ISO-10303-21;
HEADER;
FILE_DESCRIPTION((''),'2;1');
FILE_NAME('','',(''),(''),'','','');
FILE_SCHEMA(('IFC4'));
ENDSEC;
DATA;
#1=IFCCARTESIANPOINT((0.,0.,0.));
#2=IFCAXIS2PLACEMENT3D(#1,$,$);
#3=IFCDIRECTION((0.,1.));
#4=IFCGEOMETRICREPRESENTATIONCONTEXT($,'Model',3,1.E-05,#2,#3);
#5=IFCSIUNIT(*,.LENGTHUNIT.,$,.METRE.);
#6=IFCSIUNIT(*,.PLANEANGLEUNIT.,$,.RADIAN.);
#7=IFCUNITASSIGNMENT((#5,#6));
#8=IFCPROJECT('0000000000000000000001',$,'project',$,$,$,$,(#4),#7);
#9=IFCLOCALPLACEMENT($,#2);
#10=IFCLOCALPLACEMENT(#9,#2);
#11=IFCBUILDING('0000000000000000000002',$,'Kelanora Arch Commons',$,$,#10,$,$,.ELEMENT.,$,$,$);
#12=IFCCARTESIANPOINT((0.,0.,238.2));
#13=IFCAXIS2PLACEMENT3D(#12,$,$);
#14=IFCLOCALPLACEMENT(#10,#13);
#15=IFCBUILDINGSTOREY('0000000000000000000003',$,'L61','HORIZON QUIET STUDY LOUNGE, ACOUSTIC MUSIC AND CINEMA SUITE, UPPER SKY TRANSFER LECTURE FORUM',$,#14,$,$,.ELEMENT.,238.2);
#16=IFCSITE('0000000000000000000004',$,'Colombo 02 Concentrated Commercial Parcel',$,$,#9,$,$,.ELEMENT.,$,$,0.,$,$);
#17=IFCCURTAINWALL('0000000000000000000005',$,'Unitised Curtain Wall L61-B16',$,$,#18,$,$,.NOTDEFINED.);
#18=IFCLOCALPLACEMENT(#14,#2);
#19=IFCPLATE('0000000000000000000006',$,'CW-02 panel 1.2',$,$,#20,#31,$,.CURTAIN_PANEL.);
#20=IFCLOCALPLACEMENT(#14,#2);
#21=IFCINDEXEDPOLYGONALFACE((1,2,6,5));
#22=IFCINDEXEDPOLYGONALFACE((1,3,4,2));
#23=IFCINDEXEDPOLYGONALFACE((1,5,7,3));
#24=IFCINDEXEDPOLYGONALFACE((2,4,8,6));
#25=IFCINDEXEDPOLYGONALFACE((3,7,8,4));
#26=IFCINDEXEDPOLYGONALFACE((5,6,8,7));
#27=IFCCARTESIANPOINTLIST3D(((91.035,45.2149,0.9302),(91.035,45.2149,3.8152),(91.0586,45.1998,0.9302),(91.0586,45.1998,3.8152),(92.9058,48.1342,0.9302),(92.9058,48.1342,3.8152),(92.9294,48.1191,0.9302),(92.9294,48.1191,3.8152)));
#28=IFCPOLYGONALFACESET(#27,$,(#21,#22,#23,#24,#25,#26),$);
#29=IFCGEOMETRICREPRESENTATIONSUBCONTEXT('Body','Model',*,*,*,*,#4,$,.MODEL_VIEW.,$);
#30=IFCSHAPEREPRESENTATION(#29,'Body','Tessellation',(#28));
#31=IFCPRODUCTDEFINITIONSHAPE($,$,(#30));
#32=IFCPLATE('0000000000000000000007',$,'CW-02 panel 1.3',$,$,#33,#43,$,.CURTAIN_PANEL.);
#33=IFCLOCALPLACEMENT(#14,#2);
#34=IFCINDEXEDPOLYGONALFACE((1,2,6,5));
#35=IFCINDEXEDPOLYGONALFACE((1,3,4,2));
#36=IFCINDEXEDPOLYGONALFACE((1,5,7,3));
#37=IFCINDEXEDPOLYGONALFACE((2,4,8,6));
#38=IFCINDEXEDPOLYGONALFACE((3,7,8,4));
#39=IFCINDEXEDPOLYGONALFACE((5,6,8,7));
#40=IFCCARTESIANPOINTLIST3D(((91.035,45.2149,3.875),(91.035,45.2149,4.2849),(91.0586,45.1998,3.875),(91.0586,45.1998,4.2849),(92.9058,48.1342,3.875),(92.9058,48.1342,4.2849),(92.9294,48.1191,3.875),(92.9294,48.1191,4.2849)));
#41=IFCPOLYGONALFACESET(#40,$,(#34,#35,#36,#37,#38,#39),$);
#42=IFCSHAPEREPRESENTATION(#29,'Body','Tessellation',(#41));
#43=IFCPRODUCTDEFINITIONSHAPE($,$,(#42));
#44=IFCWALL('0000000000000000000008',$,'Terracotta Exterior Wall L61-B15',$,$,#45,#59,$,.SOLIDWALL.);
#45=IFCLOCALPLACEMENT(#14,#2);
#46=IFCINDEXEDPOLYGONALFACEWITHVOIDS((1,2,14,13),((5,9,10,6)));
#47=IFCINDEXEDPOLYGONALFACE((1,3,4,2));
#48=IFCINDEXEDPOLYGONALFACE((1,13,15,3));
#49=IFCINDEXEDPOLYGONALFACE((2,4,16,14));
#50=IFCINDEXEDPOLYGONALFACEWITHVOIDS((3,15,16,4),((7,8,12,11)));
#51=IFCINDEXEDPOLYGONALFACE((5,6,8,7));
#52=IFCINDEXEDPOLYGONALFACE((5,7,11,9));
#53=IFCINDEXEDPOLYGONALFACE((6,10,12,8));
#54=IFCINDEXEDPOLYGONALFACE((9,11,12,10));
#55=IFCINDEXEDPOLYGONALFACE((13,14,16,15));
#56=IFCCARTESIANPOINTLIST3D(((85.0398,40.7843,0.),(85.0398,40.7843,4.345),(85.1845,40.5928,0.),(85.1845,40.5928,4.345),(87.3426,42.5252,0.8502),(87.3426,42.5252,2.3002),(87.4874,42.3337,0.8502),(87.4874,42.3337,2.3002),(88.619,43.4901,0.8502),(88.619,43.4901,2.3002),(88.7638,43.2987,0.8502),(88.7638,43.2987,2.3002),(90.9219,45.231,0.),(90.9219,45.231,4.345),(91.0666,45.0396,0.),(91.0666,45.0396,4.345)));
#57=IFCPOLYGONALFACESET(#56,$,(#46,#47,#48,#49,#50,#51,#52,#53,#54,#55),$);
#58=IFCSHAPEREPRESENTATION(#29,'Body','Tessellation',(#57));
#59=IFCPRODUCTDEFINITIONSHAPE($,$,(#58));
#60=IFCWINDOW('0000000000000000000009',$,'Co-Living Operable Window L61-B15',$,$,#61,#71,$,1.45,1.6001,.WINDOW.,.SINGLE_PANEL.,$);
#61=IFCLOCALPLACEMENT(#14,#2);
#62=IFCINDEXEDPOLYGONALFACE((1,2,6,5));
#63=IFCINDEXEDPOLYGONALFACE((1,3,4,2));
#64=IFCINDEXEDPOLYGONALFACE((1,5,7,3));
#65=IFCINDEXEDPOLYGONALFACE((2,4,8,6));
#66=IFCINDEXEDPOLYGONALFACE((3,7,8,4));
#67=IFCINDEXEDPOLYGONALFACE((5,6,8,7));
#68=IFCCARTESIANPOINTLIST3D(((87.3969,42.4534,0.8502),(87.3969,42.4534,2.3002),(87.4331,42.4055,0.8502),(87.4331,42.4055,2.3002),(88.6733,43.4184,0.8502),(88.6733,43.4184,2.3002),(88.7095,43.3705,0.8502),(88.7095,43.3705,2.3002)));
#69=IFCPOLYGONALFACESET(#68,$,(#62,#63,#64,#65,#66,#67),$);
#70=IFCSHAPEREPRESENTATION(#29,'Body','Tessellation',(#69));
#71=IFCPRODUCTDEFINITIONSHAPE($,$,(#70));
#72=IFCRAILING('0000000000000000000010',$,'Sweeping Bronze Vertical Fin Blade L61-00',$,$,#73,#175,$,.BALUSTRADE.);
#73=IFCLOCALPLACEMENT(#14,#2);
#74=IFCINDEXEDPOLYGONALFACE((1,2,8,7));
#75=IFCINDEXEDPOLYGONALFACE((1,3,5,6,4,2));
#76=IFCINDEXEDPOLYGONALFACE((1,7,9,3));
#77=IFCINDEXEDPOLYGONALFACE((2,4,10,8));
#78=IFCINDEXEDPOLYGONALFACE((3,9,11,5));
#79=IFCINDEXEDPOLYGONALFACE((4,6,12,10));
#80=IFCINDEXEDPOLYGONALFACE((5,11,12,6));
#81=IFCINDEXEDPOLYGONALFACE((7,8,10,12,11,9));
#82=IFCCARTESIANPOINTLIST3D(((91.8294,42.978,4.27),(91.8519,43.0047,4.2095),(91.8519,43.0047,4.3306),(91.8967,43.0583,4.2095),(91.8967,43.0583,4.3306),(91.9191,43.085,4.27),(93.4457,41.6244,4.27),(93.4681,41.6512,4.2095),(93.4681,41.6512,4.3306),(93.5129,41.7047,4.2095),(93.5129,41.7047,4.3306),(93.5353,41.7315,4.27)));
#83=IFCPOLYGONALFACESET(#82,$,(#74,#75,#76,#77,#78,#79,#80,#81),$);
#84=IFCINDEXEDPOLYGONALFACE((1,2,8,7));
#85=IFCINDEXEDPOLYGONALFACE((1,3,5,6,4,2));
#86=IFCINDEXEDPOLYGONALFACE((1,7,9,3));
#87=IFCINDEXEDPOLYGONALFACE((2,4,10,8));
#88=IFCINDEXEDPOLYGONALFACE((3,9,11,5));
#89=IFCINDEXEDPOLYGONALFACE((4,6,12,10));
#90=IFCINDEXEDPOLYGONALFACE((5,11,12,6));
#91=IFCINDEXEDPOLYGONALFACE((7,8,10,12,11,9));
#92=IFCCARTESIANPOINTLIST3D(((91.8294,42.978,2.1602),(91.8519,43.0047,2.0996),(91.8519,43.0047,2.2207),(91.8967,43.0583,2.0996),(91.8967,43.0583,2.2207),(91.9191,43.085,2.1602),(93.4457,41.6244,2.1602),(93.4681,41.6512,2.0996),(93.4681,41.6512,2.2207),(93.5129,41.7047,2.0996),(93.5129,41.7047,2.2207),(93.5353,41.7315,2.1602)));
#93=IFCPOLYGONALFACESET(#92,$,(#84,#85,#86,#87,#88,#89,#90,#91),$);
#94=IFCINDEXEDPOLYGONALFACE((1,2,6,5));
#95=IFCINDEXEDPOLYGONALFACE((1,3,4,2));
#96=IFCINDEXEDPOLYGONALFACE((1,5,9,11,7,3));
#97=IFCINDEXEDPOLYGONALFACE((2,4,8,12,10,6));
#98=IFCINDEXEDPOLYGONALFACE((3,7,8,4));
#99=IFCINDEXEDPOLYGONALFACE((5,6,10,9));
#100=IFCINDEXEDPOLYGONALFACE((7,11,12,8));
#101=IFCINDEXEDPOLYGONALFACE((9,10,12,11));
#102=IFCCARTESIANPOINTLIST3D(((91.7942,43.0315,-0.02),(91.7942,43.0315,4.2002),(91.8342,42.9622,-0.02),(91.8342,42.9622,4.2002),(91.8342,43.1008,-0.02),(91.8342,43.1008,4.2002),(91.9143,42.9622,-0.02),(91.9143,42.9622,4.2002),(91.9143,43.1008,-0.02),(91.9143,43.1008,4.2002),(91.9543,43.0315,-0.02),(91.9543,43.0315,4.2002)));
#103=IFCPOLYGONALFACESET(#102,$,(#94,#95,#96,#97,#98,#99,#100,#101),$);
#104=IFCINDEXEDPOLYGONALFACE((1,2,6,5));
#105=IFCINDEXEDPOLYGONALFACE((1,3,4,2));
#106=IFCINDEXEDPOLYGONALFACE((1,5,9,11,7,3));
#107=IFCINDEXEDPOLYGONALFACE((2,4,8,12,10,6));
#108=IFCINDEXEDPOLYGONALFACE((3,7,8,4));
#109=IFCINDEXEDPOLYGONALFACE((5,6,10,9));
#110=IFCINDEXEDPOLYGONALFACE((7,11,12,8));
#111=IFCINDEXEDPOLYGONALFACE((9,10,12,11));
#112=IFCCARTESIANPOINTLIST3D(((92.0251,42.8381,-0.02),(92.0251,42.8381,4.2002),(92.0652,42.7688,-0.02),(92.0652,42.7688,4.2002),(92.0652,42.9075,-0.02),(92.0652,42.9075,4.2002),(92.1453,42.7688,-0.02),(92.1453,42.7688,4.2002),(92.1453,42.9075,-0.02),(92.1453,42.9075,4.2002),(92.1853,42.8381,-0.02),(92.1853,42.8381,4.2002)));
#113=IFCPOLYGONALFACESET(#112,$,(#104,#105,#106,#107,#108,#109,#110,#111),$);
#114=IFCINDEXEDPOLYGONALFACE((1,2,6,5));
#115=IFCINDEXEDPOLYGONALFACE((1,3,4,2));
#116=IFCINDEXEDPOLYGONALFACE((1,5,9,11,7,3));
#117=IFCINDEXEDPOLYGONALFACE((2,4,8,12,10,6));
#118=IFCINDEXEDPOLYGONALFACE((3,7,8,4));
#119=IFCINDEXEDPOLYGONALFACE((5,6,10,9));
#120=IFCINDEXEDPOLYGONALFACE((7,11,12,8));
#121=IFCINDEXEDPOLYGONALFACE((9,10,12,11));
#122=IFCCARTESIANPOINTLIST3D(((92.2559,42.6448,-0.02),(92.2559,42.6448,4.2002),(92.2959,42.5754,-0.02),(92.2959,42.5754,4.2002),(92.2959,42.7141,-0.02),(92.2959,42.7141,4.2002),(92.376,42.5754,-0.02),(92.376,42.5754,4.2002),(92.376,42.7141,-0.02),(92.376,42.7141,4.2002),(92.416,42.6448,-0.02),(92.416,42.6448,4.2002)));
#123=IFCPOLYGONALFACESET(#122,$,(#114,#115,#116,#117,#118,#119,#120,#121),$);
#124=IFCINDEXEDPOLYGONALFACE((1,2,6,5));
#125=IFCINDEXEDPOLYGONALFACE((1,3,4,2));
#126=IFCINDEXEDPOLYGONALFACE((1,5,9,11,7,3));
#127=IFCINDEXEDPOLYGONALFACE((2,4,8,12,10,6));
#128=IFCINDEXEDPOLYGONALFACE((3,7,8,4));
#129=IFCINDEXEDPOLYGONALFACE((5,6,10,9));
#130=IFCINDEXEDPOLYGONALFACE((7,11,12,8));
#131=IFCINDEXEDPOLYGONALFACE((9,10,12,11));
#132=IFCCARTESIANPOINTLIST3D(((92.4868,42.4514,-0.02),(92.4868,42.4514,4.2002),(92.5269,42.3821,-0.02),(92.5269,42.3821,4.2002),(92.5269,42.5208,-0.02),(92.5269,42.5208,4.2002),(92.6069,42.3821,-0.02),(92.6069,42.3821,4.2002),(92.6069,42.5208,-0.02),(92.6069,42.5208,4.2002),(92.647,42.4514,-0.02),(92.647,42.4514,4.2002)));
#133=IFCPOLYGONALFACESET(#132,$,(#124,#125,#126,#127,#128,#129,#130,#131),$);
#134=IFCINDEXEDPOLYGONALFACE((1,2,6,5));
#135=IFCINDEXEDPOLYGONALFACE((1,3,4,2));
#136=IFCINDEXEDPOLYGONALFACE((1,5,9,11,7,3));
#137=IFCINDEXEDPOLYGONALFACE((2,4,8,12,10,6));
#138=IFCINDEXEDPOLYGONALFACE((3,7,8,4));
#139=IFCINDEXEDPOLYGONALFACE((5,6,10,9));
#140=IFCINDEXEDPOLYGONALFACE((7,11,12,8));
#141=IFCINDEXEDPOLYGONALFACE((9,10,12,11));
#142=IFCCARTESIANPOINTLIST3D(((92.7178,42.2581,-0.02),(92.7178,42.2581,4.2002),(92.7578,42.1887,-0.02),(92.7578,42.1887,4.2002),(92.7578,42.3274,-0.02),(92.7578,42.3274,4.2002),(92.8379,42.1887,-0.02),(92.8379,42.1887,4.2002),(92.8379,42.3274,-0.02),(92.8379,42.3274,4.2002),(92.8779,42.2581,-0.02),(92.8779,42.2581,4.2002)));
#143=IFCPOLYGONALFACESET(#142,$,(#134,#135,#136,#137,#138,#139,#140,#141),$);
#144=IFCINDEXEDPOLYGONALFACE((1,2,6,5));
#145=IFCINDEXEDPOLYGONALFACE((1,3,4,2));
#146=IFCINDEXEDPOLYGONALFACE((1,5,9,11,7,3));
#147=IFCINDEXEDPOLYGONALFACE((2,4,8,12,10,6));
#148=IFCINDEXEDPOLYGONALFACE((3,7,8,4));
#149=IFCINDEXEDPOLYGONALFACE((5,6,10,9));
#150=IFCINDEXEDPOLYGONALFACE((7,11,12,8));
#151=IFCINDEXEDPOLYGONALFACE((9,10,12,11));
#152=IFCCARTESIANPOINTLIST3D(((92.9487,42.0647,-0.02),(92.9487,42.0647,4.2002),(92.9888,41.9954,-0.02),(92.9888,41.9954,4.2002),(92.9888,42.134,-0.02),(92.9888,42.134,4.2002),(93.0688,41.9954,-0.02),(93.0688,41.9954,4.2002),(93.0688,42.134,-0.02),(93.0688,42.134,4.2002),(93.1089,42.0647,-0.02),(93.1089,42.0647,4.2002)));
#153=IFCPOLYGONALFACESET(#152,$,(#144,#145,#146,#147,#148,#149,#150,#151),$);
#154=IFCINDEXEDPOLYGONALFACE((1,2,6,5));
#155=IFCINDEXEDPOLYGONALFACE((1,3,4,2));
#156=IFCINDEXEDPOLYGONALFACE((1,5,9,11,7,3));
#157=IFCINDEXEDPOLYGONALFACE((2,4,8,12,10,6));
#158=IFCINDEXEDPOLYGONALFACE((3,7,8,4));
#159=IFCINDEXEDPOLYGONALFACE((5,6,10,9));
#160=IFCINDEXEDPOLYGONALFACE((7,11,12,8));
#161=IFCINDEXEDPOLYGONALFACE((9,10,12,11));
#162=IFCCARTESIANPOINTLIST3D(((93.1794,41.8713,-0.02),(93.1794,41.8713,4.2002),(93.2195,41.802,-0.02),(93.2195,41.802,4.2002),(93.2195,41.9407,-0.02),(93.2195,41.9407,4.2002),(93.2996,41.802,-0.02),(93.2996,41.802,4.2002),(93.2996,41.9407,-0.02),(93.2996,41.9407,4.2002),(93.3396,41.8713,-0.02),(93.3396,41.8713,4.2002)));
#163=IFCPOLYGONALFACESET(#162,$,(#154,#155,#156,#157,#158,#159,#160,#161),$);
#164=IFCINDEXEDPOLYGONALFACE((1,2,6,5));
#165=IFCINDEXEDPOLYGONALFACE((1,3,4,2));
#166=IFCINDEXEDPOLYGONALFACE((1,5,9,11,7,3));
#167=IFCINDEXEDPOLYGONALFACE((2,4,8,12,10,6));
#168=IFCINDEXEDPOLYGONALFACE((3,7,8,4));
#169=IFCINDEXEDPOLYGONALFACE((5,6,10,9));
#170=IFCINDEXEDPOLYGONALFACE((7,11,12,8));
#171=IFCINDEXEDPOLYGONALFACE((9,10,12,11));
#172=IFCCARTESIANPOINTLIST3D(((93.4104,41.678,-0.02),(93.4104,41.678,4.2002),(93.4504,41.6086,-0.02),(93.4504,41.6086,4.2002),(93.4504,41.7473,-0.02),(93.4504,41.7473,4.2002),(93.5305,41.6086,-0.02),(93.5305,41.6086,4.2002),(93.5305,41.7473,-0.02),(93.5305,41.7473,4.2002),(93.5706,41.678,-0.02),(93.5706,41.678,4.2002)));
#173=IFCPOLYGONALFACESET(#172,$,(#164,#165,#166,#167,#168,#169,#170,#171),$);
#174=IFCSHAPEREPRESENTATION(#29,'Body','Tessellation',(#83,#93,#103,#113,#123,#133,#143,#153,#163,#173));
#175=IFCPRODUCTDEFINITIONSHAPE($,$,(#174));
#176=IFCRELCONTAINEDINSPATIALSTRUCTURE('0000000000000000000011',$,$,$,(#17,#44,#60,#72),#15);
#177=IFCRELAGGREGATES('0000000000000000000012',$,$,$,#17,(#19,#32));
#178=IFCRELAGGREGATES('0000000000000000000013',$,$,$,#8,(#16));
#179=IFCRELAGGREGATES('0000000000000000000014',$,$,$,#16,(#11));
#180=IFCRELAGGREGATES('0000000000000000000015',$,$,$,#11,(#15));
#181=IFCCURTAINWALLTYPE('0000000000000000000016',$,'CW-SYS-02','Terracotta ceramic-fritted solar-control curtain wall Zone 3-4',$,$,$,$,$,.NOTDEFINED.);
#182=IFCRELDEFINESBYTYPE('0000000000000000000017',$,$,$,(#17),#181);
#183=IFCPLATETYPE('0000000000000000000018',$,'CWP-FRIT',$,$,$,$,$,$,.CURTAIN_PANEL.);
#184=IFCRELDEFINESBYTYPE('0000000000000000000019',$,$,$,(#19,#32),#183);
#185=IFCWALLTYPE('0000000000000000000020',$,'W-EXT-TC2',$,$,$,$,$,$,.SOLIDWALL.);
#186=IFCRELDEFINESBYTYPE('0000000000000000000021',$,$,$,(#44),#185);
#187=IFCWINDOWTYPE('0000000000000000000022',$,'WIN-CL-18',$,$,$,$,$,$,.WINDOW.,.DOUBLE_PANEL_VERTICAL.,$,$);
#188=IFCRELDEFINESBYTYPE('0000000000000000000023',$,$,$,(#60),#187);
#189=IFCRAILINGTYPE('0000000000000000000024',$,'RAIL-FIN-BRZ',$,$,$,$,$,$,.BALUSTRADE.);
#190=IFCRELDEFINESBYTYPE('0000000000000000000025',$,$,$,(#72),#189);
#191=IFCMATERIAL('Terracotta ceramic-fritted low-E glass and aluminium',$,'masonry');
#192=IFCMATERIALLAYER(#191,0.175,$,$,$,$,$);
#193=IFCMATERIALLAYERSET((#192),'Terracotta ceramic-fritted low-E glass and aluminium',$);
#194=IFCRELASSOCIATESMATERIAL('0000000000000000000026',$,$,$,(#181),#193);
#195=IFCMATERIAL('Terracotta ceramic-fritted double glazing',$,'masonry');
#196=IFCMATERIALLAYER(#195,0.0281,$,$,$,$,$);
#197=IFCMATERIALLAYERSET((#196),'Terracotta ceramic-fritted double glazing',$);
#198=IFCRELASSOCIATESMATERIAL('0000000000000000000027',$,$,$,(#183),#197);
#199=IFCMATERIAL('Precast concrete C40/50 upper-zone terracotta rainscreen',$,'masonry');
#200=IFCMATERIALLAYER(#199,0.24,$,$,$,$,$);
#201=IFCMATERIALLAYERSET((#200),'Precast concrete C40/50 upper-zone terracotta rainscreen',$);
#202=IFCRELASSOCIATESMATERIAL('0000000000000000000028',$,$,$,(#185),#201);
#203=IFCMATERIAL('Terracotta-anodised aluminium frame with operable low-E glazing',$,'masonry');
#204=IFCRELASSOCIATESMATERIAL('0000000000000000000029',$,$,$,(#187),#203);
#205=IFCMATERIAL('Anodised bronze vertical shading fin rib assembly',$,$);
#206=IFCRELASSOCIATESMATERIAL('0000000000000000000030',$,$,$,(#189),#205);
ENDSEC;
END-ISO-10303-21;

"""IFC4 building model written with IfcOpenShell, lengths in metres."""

from ifc_helpers import new_model, si_unit, direction, frame, frame_2d, origin, origin_2d, place, context, subcontext, project, spatial, polyline, rectangle, outline, extrude, source, transform, mapped, material, layer, layer_set, type_object, element, fill, aggregate, save


model = new_model("IFC4")

# Units and contexts
model_context = context("Model", 3, precision=1e-05, world=origin(), true_north=direction((0.0, 1.0)))
body_context = subcontext(model_context, "Body", "Model", "MODEL_VIEW")
ifc_project = project(units=[si_unit("LENGTHUNIT", "METRE"), si_unit("PLANEANGLEUNIT", "RADIAN")], contexts=[model_context])

# Site, building, storey
site_placement = place(None, origin())
site = spatial("IfcSite", under=ifc_project, at=site_placement, Name="Colombo 02 Concentrated Commercial Parcel", CompositionType="ELEMENT", RefElevation=0.0)
building_placement = place(site_placement, origin())
building = spatial("IfcBuilding", under=site, at=building_placement, Name="Kelanora Arch Commons", CompositionType="ELEMENT")
storey_placement = place(building_placement, frame((0.0, 0.0, 238.2)))
storey = spatial("IfcBuildingStorey", under=building, at=storey_placement, Name="L61", Description="HORIZON QUIET STUDY LOUNGE, ACOUSTIC MUSIC AND CINEMA SUITE, UPPER SKY TRANSFER LECTURE FORUM", CompositionType="ELEMENT", Elevation=238.2)

# Shared definitions
ifc_material_1 = material(Name="Terracotta ceramic-fritted low-E glass and aluminium", Category="masonry")
ifc_layer_1 = layer(ifc_material_1, 0.175)
ifc_layer_set_1 = layer_set([ifc_layer_1], Name="Terracotta ceramic-fritted low-E glass and aluminium")
curtain_wall_type = type_object("IfcCurtainWallType", Name="CW-SYS-02", Description="Terracotta ceramic-fritted solar-control curtain wall Zone 3-4", PredefinedType="NOTDEFINED", material=ifc_layer_set_1)

# Curtain wall
curtain_wall_1_placement = place(storey_placement, origin())
curtain_wall_1 = element("IfcCurtainWall", 1, at=curtain_wall_1_placement, inside=storey, type_object=curtain_wall_type, Name="Unitised Curtain Wall L61-B16", PredefinedType="NOTDEFINED")

# Plates
ifc_material_2 = material(Name="Terracotta ceramic-fritted double glazing", Category="masonry")
ifc_layer_2 = layer(ifc_material_2, 0.0281)
ifc_layer_set_2 = layer_set([ifc_layer_2], Name="Terracotta ceramic-fritted double glazing")
plate_type = type_object("IfcPlateType", Name="CWP-FRIT", PredefinedType="CURTAIN_PANEL", material=ifc_layer_set_2)
shared_shape_1 = source(origin(), body_context, "Body", "SweptSolid", [
    extrude(rectangle(XDim=3.4673, YDim=0.0281, at=origin_2d()), origin(), (0.0, 0.0, 1.0), 2.885),
])
plate_1_placement = place(storey_placement, frame((91.9822, 46.667, 0.9302), z_axis=(0.0, 0.0, 1.0), x_axis=(0.539559, 0.841948, 0.0)))
plate_1 = element("IfcPlate", 2, at=plate_1_placement, type_object=plate_type, Name="CW-02 panel 1.2", PredefinedType="CURTAIN_PANEL", context=body_context, shape_type="MappedRepresentation", body=[
    mapped(shared_shape_1, transform((0.0, 0.0, 0.0), scale=1.0)),
])
shared_shape_2 = source(origin(), body_context, "Body", "SweptSolid", [
    extrude(rectangle(XDim=3.4673, YDim=0.0281, at=origin_2d()), origin(), (0.0, 0.0, 1.0), 0.4099),
])
plate_2_placement = place(storey_placement, frame((91.9822, 46.667, 3.875), z_axis=(0.0, 0.0, 1.0), x_axis=(0.539559, 0.841948, 0.0)))
plate_2 = element("IfcPlate", 3, at=plate_2_placement, type_object=plate_type, Name="CW-02 panel 1.3", PredefinedType="CURTAIN_PANEL", context=body_context, shape_type="MappedRepresentation", body=[
    mapped(shared_shape_2, transform((0.0, 0.0, 0.0), scale=1.0)),
])
aggregate(curtain_wall_1, [plate_1, plate_2])

# Wall, opening, window
ifc_material_3 = material(Name="Precast concrete C40/50 upper-zone terracotta rainscreen", Category="masonry")
ifc_layer_3 = layer(ifc_material_3, 0.24)
ifc_layer_set_3 = layer_set([ifc_layer_3], Name="Precast concrete C40/50 upper-zone terracotta rainscreen")
wall_type = type_object("IfcWallType", Name="W-EXT-TC2", PredefinedType="SOLIDWALL", material=ifc_layer_set_3)
wall_placement = place(storey_placement, frame((85.1121, 40.6885, 0.0), z_axis=(0.0, 0.0, 1.0), x_axis=(0.797702, 0.603052, 0.0)))
wall = element("IfcWall", 4, at=wall_placement, inside=storey, type_object=wall_type, Name="Terracotta Exterior Wall L61-B15", PredefinedType="SOLIDWALL", context=body_context, shape_type="SweptSolid", body=[
    extrude(rectangle(XDim=7.3738, YDim=0.24, at=frame_2d((3.687, 0.0))), origin(), (0.0, 0.0, 1.0), 4.345),
])
opening_placement = place(wall_placement, frame((2.887, 0.0, 0.8501)))
opening = element("IfcOpeningElement", 5, at=opening_placement, cuts=wall, PredefinedType="OPENING", context=body_context, shape_type="SweptSolid", body=[
    extrude(rectangle(XDim=1.6001, YDim=1.45, at=frame_2d((0.8, 0.7251))), frame((0.0, 0.1299, 0.0), z_axis=(0.0, -1.0, 0.0), x_axis=(1.0, 0.0, 0.0)), (0.0, 0.0, 1.0), 0.26),
])
ifc_material_4 = material(Name="Terracotta-anodised aluminium frame with operable low-E glazing", Category="masonry")
window_type = type_object("IfcWindowType", Name="WIN-CL-18", PartitioningType="DOUBLE_PANEL_VERTICAL", PredefinedType="WINDOW", material=ifc_material_4)
window_placement = place(opening_placement, origin())
window = element("IfcWindow", 6, at=window_placement, inside=storey, type_object=window_type, Name="Co-Living Operable Window L61-B15", OverallHeight=1.45, OverallWidth=1.6001, PartitioningType="SINGLE_PANEL", PredefinedType="WINDOW", context=body_context, shape_type="SweptSolid", body=[
    extrude(rectangle(XDim=1.6001, YDim=1.45, at=frame_2d((0.8, 0.7251))), frame((0.0, 0.03, 0.0), z_axis=(0.0, -1.0, 0.0), x_axis=(1.0, 0.0, 0.0)), (0.0, 0.0, 1.0), 0.0601),
])
fill(opening, window)

# Railing
ifc_material_5 = material(Name="Anodised bronze vertical shading fin rib assembly")
railing_type = type_object("IfcRailingType", Name="RAIL-FIN-BRZ", PredefinedType="BALUSTRADE", material=ifc_material_5)
railing_1_placement = place(storey_placement, frame((91.8743, 43.0315, -0.02)))
element("IfcRailing", 7, at=railing_1_placement, inside=storey, type_object=railing_type, Name="Sweeping Bronze Vertical Fin Blade L61-00", PredefinedType="BALUSTRADE", context=body_context, shape_type="SweptSolid", body=[
    extrude(outline(polyline([(0.0698, 0.0), (0.0349, 0.0605), (-0.0349, 0.0605), (-0.0698, 0.0), (-0.0349, -0.0605), (0.0349, -0.0605), (0.0698, 0.0)])), frame((0.0, 0.0, 4.29), z_axis=(0.766662, -0.642051, 0.0), x_axis=(0.642051, 0.766662, 0.0)), (0.0, 0.0, 1.0), 2.1082),
    extrude(outline(polyline([(0.0698, 0.0), (0.0349, 0.0605), (-0.0349, 0.0605), (-0.0698, 0.0), (-0.0349, -0.0605), (0.0349, -0.0605), (0.0698, 0.0)])), frame((0.0, 0.0, 2.1802), z_axis=(0.766662, -0.642051, 0.0), x_axis=(0.642051, 0.766662, 0.0)), (0.0, 0.0, 1.0), 2.1082),
    extrude(outline(polyline([(0.0801, 0.0), (0.04, 0.0693), (-0.04, 0.0693), (-0.0801, 0.0), (-0.04, -0.0693), (0.04, -0.0693), (0.0801, 0.0)])), origin(), (0.0, 0.0, 1.0), 4.2202),
    extrude(outline(polyline([(0.0801, 0.0), (0.04, 0.0693), (-0.04, 0.0693), (-0.0801, 0.0), (-0.04, -0.0693), (0.04, -0.0693), (0.0801, 0.0)])), frame((0.231, -0.1934, 0.0)), (0.0, 0.0, 1.0), 4.2202),
    extrude(outline(polyline([(0.0801, 0.0), (0.04, 0.0693), (-0.04, 0.0693), (-0.0801, 0.0), (-0.04, -0.0693), (0.04, -0.0693), (0.0801, 0.0)])), frame((0.4617, -0.3867, 0.0)), (0.0, 0.0, 1.0), 4.2202),
    extrude(outline(polyline([(0.0801, 0.0), (0.04, 0.0693), (-0.04, 0.0693), (-0.0801, 0.0), (-0.04, -0.0693), (0.04, -0.0693), (0.0801, 0.0)])), frame((0.6926, -0.5801, 0.0)), (0.0, 0.0, 1.0), 4.2202),
    extrude(outline(polyline([(0.0801, 0.0), (0.04, 0.0693), (-0.04, 0.0693), (-0.0801, 0.0), (-0.04, -0.0693), (0.04, -0.0693), (0.0801, 0.0)])), frame((0.9236, -0.7734, 0.0)), (0.0, 0.0, 1.0), 4.2202),
    extrude(outline(polyline([(0.0801, 0.0), (0.04, 0.0693), (-0.04, 0.0693), (-0.0801, 0.0), (-0.04, -0.0693), (0.04, -0.0693), (0.0801, 0.0)])), frame((1.1545, -0.9668, 0.0)), (0.0, 0.0, 1.0), 4.2202),
    extrude(outline(polyline([(0.0801, 0.0), (0.04, 0.0693), (-0.04, 0.0693), (-0.0801, 0.0), (-0.04, -0.0693), (0.04, -0.0693), (0.0801, 0.0)])), frame((1.3853, -1.1602, 0.0)), (0.0, 0.0, 1.0), 4.2202),
    extrude(outline(polyline([(0.0801, 0.0), (0.04, 0.0693), (-0.04, 0.0693), (-0.0801, 0.0), (-0.04, -0.0693), (0.04, -0.0693), (0.0801, 0.0)])), frame((1.6162, -1.3535, 0.0)), (0.0, 0.0, 1.0), 4.2202),
])

save(model, "model.ifc")
